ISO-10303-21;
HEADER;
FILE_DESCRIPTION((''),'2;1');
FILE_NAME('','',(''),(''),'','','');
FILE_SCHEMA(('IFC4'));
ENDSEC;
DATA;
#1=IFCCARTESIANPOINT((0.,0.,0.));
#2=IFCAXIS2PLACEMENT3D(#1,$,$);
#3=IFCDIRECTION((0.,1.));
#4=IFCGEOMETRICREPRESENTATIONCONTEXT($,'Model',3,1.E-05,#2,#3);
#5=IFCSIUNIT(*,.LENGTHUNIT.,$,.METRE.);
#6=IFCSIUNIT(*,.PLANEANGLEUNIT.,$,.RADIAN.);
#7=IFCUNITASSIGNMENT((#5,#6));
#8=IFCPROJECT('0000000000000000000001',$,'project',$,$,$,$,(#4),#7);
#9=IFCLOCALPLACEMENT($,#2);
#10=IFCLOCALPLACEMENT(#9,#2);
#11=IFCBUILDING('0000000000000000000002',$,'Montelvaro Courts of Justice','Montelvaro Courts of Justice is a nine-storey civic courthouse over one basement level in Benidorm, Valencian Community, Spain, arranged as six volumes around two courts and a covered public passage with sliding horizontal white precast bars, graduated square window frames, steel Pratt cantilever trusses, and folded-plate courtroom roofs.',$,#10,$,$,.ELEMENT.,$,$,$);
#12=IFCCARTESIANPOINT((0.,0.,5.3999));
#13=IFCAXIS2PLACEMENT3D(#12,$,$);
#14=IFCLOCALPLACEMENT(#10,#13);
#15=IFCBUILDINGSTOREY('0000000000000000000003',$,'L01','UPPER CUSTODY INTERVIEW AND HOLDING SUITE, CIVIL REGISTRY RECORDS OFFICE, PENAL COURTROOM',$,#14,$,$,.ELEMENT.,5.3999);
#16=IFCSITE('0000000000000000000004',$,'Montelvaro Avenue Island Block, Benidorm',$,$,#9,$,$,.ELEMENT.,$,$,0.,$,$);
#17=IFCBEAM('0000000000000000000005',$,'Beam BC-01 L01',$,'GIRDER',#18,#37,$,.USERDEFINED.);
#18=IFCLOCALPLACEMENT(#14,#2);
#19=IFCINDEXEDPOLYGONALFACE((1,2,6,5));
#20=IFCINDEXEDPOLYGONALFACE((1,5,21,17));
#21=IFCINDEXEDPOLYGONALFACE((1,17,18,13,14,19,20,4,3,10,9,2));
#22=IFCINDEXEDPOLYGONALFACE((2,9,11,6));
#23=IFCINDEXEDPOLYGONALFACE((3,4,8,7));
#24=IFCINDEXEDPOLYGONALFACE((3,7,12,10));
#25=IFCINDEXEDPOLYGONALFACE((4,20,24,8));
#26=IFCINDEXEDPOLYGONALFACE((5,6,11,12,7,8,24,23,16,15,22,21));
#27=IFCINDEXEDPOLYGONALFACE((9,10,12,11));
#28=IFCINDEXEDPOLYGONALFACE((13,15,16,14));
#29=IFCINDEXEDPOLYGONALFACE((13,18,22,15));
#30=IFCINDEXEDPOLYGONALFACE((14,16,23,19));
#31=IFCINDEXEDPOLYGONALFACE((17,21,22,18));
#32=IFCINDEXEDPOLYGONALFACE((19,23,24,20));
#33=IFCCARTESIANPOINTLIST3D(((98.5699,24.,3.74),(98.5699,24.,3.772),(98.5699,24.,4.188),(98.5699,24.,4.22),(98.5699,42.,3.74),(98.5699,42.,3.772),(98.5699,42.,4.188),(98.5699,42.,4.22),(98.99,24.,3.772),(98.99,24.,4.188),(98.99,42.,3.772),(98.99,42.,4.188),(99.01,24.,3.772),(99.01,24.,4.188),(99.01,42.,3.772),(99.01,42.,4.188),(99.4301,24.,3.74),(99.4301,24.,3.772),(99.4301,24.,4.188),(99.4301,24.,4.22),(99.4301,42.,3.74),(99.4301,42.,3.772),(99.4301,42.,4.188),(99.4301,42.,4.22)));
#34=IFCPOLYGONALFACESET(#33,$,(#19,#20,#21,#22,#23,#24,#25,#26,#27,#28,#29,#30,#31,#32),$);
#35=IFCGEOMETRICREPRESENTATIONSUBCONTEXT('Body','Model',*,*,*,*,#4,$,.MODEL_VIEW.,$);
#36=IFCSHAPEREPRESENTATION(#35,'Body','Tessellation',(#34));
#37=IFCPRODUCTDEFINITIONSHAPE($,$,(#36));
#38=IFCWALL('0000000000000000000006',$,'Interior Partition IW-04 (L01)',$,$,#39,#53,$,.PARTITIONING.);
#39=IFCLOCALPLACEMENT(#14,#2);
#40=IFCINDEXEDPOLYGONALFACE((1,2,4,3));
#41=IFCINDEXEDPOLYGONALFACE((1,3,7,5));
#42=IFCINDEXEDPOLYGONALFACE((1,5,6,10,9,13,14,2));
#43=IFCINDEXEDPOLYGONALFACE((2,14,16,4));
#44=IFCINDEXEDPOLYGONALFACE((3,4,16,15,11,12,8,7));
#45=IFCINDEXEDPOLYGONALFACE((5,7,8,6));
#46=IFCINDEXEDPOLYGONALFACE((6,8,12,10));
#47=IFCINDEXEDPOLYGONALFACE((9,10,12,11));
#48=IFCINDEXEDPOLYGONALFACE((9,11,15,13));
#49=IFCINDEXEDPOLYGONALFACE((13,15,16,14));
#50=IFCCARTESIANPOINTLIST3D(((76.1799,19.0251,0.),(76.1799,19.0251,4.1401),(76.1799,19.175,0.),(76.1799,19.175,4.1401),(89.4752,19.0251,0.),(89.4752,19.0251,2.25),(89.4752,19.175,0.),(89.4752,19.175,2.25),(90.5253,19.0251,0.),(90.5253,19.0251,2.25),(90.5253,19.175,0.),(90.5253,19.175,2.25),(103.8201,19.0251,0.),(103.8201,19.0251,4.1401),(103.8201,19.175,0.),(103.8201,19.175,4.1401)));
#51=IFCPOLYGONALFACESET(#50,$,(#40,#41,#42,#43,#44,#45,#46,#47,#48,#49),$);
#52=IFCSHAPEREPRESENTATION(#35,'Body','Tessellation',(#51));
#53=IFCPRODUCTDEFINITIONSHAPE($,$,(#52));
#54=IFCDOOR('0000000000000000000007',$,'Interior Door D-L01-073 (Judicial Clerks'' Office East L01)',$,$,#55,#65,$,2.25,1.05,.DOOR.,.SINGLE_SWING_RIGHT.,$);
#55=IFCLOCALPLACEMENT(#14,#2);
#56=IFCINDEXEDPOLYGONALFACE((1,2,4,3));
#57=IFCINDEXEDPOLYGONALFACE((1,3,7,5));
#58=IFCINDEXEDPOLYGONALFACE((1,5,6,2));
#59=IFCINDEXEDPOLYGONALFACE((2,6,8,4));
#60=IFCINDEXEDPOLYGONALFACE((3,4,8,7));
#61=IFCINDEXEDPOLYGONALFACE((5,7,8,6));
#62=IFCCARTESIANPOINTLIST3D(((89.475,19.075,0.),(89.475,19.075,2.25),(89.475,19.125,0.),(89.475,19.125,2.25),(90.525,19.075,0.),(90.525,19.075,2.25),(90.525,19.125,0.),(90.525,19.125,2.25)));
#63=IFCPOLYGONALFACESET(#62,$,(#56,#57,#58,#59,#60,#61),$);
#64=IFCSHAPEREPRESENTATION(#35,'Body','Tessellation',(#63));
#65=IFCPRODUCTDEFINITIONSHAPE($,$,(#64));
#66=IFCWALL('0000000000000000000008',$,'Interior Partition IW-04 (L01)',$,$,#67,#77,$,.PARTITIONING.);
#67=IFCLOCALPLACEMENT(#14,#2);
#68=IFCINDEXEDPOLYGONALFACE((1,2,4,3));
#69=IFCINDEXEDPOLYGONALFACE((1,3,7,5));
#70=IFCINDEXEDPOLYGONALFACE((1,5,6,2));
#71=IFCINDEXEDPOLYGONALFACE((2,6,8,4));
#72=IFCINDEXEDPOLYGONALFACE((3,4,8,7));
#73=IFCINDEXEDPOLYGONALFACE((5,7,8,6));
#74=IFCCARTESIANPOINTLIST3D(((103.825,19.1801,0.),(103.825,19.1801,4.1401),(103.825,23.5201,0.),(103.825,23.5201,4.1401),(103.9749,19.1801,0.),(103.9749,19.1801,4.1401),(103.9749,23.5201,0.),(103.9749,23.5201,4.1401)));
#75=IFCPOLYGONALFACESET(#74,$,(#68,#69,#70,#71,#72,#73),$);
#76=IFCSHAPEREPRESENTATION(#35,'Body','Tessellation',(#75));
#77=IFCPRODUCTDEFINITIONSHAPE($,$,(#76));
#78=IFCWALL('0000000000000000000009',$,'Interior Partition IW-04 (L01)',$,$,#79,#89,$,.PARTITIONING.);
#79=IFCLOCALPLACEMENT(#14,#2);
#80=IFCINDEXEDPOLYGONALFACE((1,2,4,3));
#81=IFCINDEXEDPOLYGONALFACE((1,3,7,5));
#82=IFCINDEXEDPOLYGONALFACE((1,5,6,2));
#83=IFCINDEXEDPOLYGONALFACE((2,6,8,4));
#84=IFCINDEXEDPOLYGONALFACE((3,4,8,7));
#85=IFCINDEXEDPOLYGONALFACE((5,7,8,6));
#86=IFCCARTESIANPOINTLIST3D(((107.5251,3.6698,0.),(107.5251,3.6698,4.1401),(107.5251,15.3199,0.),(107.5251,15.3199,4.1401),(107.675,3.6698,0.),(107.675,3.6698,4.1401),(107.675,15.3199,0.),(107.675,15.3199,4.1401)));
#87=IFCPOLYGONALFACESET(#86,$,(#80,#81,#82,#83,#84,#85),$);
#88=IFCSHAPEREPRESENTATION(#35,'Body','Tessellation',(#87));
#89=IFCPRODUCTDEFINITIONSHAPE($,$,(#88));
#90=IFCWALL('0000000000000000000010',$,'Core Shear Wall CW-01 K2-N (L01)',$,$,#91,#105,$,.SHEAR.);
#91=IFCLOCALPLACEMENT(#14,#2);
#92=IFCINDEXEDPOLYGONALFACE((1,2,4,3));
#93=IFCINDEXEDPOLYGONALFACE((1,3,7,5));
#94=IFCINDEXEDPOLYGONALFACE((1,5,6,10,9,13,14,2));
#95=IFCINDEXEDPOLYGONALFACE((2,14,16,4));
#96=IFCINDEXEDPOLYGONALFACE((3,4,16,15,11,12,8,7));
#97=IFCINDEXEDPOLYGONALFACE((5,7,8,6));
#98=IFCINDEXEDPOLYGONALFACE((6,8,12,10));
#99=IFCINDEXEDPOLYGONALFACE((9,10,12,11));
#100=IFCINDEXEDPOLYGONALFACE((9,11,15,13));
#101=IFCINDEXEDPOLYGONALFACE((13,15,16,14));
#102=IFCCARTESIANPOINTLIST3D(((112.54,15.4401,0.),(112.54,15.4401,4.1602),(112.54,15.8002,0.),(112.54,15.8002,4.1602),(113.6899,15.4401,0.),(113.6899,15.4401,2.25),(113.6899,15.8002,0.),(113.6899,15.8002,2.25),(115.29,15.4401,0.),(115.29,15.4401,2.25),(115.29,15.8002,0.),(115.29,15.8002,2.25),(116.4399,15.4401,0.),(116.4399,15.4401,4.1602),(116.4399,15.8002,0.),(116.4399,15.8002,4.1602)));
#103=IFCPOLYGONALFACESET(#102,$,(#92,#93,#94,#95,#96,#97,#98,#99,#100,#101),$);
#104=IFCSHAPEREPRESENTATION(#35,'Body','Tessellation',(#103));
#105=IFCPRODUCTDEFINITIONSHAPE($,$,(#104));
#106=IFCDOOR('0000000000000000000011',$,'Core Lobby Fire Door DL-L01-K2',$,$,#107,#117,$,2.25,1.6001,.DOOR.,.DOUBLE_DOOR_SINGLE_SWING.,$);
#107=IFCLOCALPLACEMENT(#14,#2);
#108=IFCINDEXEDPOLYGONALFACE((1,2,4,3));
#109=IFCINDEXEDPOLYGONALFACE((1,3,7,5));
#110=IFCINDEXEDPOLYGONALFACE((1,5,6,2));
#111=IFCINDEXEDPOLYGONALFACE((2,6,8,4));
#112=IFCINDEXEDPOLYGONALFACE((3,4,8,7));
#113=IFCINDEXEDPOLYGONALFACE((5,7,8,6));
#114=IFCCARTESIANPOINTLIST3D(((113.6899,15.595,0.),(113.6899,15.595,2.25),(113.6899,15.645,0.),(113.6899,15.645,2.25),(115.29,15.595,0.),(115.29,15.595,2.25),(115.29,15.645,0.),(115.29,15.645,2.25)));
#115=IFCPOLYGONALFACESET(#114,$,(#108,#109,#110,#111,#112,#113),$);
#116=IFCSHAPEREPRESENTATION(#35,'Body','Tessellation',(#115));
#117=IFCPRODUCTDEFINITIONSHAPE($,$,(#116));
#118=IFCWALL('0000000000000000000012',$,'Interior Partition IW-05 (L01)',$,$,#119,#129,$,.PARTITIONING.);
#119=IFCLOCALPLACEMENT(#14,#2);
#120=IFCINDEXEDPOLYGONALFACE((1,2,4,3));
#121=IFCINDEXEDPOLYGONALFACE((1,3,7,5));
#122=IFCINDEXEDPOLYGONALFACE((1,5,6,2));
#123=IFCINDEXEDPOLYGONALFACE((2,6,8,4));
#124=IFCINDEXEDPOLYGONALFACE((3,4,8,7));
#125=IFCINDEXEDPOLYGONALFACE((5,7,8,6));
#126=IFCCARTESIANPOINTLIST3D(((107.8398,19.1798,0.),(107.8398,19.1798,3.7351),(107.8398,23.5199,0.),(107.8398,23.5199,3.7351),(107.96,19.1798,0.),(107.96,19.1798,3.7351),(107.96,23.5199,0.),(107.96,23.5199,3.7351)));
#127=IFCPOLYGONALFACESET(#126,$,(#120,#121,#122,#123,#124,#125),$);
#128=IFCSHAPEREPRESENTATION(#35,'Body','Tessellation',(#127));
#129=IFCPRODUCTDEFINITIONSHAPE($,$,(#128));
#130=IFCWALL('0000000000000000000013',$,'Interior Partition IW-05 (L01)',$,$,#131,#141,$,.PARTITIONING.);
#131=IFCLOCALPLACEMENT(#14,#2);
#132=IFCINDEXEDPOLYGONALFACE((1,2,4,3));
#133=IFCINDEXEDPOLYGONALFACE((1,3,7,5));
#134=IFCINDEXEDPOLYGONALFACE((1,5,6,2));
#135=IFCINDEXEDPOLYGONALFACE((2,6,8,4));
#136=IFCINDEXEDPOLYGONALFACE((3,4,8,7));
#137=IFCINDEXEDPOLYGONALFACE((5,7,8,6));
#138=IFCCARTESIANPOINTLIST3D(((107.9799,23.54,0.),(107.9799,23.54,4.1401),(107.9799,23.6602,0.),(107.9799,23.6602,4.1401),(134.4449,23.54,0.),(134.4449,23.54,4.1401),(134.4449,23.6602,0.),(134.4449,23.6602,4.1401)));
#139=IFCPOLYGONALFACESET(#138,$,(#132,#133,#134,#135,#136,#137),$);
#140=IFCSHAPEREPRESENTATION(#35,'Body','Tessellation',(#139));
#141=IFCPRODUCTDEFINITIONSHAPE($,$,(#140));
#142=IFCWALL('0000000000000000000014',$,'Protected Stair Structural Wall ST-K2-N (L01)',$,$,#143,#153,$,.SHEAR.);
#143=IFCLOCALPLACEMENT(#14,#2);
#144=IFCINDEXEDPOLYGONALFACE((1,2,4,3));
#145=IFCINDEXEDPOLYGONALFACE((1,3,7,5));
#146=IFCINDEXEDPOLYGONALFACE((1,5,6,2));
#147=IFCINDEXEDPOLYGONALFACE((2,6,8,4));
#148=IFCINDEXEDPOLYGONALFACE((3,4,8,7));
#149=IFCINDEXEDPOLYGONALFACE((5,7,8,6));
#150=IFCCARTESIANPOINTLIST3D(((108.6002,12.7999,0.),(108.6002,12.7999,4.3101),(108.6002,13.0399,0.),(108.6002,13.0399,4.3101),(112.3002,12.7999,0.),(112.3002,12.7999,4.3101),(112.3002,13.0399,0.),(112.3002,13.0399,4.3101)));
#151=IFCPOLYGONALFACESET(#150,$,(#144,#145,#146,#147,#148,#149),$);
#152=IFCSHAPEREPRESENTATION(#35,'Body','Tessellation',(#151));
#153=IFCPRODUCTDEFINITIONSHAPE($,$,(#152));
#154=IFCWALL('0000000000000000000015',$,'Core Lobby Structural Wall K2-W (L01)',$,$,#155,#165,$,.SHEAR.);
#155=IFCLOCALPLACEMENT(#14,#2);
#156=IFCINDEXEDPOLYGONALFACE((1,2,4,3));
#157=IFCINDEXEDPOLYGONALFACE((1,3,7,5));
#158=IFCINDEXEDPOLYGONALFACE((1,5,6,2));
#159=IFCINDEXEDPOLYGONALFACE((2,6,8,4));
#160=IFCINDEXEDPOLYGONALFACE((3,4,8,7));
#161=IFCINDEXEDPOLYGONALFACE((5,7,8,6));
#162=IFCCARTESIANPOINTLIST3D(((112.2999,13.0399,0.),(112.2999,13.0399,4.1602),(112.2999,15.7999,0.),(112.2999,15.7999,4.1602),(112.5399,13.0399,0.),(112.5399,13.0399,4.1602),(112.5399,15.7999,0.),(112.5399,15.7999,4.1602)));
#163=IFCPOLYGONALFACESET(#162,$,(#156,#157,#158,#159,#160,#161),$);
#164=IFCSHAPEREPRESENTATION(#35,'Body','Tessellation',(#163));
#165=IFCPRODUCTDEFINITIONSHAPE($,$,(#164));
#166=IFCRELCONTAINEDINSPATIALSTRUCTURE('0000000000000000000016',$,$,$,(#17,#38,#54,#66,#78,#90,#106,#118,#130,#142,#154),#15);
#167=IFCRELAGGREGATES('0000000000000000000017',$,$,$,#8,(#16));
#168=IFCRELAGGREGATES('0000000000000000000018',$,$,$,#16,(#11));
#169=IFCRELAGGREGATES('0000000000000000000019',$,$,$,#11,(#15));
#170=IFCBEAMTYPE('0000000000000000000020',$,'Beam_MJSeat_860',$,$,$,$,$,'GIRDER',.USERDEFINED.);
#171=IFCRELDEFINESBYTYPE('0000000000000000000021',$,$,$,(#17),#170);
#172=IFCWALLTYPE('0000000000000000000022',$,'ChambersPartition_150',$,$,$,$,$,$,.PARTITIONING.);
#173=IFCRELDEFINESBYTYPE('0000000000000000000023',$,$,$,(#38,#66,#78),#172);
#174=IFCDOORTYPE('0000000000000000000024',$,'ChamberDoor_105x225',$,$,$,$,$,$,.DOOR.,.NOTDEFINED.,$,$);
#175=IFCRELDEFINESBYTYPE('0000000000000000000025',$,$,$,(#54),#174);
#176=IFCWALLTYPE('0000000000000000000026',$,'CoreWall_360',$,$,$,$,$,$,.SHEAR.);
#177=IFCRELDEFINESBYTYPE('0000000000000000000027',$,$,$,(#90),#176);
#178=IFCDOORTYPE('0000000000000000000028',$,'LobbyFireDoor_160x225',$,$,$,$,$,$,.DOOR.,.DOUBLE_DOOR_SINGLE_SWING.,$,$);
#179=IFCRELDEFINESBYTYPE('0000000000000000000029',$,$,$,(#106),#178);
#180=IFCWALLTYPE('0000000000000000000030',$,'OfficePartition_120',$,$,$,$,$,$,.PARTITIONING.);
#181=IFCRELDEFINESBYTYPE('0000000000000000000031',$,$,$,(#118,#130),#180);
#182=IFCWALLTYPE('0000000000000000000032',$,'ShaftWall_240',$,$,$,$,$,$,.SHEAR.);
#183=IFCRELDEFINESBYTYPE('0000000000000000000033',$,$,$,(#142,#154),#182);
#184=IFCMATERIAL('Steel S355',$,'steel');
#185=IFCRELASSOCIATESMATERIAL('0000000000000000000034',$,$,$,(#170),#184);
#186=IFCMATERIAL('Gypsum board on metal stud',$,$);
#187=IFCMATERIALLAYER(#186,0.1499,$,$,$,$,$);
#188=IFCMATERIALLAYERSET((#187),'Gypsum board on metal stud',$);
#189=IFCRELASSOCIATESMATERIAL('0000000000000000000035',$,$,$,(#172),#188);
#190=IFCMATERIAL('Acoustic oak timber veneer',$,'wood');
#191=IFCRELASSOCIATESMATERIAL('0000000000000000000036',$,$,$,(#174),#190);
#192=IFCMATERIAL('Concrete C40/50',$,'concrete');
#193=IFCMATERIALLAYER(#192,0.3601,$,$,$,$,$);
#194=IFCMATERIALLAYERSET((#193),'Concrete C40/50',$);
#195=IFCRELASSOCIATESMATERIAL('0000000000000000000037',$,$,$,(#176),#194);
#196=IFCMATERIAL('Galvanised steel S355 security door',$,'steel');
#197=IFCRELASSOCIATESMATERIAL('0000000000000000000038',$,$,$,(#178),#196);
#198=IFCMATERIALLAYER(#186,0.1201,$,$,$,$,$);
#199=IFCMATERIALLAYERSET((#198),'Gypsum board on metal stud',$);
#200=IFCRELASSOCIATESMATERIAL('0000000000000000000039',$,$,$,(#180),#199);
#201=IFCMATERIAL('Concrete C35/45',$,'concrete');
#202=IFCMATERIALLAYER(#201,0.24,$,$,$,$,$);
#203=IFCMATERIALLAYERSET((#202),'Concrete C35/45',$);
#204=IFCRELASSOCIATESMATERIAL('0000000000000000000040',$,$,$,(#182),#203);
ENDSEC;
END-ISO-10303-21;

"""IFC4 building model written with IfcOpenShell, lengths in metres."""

from ifc_helpers import new_model, si_unit, direction, frame, frame_2d, origin, origin_2d, place, context, subcontext, project, spatial, rectangle, i_section, extrude, material, layer, layer_set, material_profile, profile_set, type_object, element, fill, save


model = new_model("IFC4")

# Units and contexts
model_context = context("Model", 3, precision=1e-05, world=origin(), true_north=direction((0.0, 1.0)))
body_context = subcontext(model_context, "Body", "Model", "MODEL_VIEW")
ifc_project = project(units=[si_unit("LENGTHUNIT", "METRE"), si_unit("PLANEANGLEUNIT", "RADIAN")], contexts=[model_context])

# Site, building, storey
site_placement = place(None, origin())
site = spatial("IfcSite", under=ifc_project, at=site_placement, Name="Montelvaro Avenue Island Block, Benidorm", CompositionType="ELEMENT", RefElevation=0.0)
building_placement = place(site_placement, origin())
building = spatial("IfcBuilding", under=site, at=building_placement, Name="Montelvaro Courts of Justice", Description="Montelvaro Courts of Justice is a nine-storey civic courthouse over one basement level in Benidorm, Valencian Community, Spain, arranged as six volumes around two courts and a covered public passage with sliding horizontal white precast bars, graduated square window frames, steel Pratt cantilever trusses, and folded-plate courtroom roofs.", CompositionType="ELEMENT")
storey_placement = place(building_placement, frame((0.0, 0.0, 5.3999)))
storey = spatial("IfcBuildingStorey", under=building, at=storey_placement, Name="L01", Description="UPPER CUSTODY INTERVIEW AND HOLDING SUITE, CIVIL REGISTRY RECORDS OFFICE, PENAL COURTROOM", CompositionType="ELEMENT", Elevation=5.3999)

# Shared definitions
ifc_material_1 = material(Name="Steel S355", Category="steel")

# Beam
ifc_material_profile_1 = material_profile(ifc_material_1, i_section(OverallWidth=0.8601, OverallDepth=0.48, WebThickness=0.02, FlangeThickness=0.032, at=origin_2d()), Name="HL 480x860")
ifc_profile_set_1 = profile_set([ifc_material_profile_1], Name="Steel S355")
beam_type_1 = type_object("IfcBeamType", Name="Beam_MJSeat_860", ElementType="GIRDER", PredefinedType="USERDEFINED", material=ifc_profile_set_1)
beam_1_placement = place(storey_placement, frame((99.0, 24.0, 3.98), z_axis=(0.0, 1.0, 0.0), x_axis=(-1.0, 0.0, 0.0)))
element("IfcBeam", 1, at=beam_1_placement, inside=storey, type_object=beam_type_1, Name="Beam BC-01 L01", ObjectType="GIRDER", PredefinedType="USERDEFINED", context=body_context, shape_type="SweptSolid", body=[
    extrude(i_section(OverallWidth=0.8601, OverallDepth=0.48, WebThickness=0.02, FlangeThickness=0.032, at=origin_2d()), origin(), (0.0, 0.0, 1.0), 18.0),
])

# Wall, opening, door
ifc_material_2 = material(Name="Gypsum board on metal stud")
ifc_layer_1 = layer(ifc_material_2, 0.1499)
ifc_layer_set_1 = layer_set([ifc_layer_1], Name="Gypsum board on metal stud")
wall_type_1 = type_object("IfcWallType", Name="ChambersPartition_150", PredefinedType="PARTITIONING", material=ifc_layer_set_1)
wall_1_placement = place(storey_placement, frame((103.8201, 19.1001, 0.0), z_axis=(0.0, 0.0, 1.0), x_axis=(-1.0, 0.0, 0.0)))
wall_1 = element("IfcWall", 2, at=wall_1_placement, inside=storey, type_object=wall_type_1, Name="Interior Partition IW-04 (L01)", PredefinedType="PARTITIONING", context=body_context, shape_type="SweptSolid", body=[
    extrude(rectangle(XDim=27.6401, YDim=0.1499, at=frame_2d((13.8201, 0.0))), origin(), (0.0, 0.0, 1.0), 4.1401),
])
opening_1_placement = place(wall_1_placement, frame((13.2949, 0.0, 0.0)))
opening_1 = element("IfcOpeningElement", 3, at=opening_1_placement, cuts=wall_1, PredefinedType="OPENING", context=body_context, shape_type="SweptSolid", body=[
    extrude(rectangle(XDim=1.05, YDim=2.25, at=frame_2d((0.5249, 1.125))), frame((0.0, 0.0898, 0.0), z_axis=(0.0, -1.0, 0.0), x_axis=(1.0, 0.0, 0.0)), (0.0, 0.0, 1.0), 0.1797),
])
ifc_material_3 = material(Name="Acoustic oak timber veneer", Category="wood")
door_type_1 = type_object("IfcDoorType", Name="ChamberDoor_105x225", OperationType="NOTDEFINED", PredefinedType="DOOR", material=ifc_material_3)
door_1_placement = place(opening_1_placement, frame((1.05, 0.0, 0.0), z_axis=(0.0, 0.0, 1.0), x_axis=(-1.0, 0.0, 0.0)))
door_1 = element("IfcDoor", 4, at=door_1_placement, inside=storey, type_object=door_type_1, Name="Interior Door D-L01-073 (Judicial Clerks' Office East L01)", OperationType="SINGLE_SWING_RIGHT", OverallHeight=2.25, OverallWidth=1.05, PredefinedType="DOOR", context=body_context, shape_type="SweptSolid", body=[
    extrude(rectangle(XDim=1.05, YDim=2.25, at=frame_2d((0.5249, 1.125))), frame((0.0, 0.0249, 0.0), z_axis=(0.0, -1.0, 0.0), x_axis=(1.0, 0.0, 0.0)), (0.0, 0.0, 1.0), 0.05),
])
fill(opening_1, door_1)

# Walls
wall_2_placement = place(storey_placement, frame((103.8999, 23.52, 0.0), z_axis=(0.0, 0.0, 1.0), x_axis=(0.0, -1.0, 0.0)))
element("IfcWall", 5, at=wall_2_placement, inside=storey, type_object=wall_type_1, Name="Interior Partition IW-04 (L01)", PredefinedType="PARTITIONING", context=body_context, shape_type="SweptSolid", body=[
    extrude(rectangle(XDim=4.3401, YDim=0.1499, at=frame_2d((2.1699, 0.0))), origin(), (0.0, 0.0, 1.0), 4.1401),
])
wall_3_placement = place(storey_placement, frame((107.6001, 15.3201, 0.0), z_axis=(0.0, 0.0, 1.0), x_axis=(0.0, -1.0, 0.0)))
element("IfcWall", 6, at=wall_3_placement, inside=storey, type_object=wall_type_1, Name="Interior Partition IW-04 (L01)", PredefinedType="PARTITIONING", context=body_context, shape_type="SweptSolid", body=[
    extrude(rectangle(XDim=11.6501, YDim=0.1499, at=frame_2d((5.8252, 0.0))), origin(), (0.0, 0.0, 1.0), 4.1401),
])

# Wall, opening, door
ifc_material_4 = material(Name="Concrete C40/50", Category="concrete")
ifc_layer_2 = layer(ifc_material_4, 0.3601)
ifc_layer_set_2 = layer_set([ifc_layer_2], Name="Concrete C40/50")
wall_type_2 = type_object("IfcWallType", Name="CoreWall_360", PredefinedType="SHEAR", material=ifc_layer_set_2)
wall_4_placement = place(storey_placement, frame((112.54, 15.6201, 0.0), z_axis=(0.0, 0.0, 1.0), x_axis=(1.0, 0.0, 0.0)))
wall_4 = element("IfcWall", 7, at=wall_4_placement, inside=storey, type_object=wall_type_2, Name="Core Shear Wall CW-01 K2-N (L01)", PredefinedType="SHEAR", context=body_context, shape_type="SweptSolid", body=[
    extrude(rectangle(XDim=3.8999, YDim=0.3601, at=frame_2d((1.95, 0.0))), origin(), (0.0, 0.0, 1.0), 4.1602),
])
opening_2_placement = place(wall_4_placement, frame((1.1499, 0.0, 0.0)))
opening_2 = element("IfcOpeningElement", 8, at=opening_2_placement, cuts=wall_4, PredefinedType="OPENING", context=body_context, shape_type="SweptSolid", body=[
    extrude(rectangle(XDim=1.6001, YDim=2.25, at=frame_2d((0.8, 1.125))), frame((0.0, 0.1948, 0.0), z_axis=(0.0, -1.0, 0.0), x_axis=(1.0, 0.0, 0.0)), (0.0, 0.0, 1.0), 0.3899),
])
ifc_material_5 = material(Name="Galvanised steel S355 security door", Category="steel")
door_type_2 = type_object("IfcDoorType", Name="LobbyFireDoor_160x225", OperationType="DOUBLE_DOOR_SINGLE_SWING", PredefinedType="DOOR", material=ifc_material_5)
door_2_placement = place(opening_2_placement, origin())
door_2 = element("IfcDoor", 9, at=door_2_placement, inside=storey, type_object=door_type_2, Name="Core Lobby Fire Door DL-L01-K2", OperationType="DOUBLE_DOOR_SINGLE_SWING", OverallHeight=2.25, OverallWidth=1.6001, PredefinedType="DOOR", context=body_context, shape_type="SweptSolid", body=[
    extrude(rectangle(XDim=1.6001, YDim=2.25, at=frame_2d((0.8, 1.125))), frame((0.0, 0.0249, 0.0), z_axis=(0.0, -1.0, 0.0), x_axis=(1.0, 0.0, 0.0)), (0.0, 0.0, 1.0), 0.05),
])
fill(opening_2, door_2)

# Walls
ifc_layer_3 = layer(ifc_material_2, 0.1201)
ifc_layer_set_3 = layer_set([ifc_layer_3], Name="Gypsum board on metal stud")
wall_type_3 = type_object("IfcWallType", Name="OfficePartition_120", PredefinedType="PARTITIONING", material=ifc_layer_set_3)
wall_5_placement = place(storey_placement, frame((107.8999, 19.1799, 0.0), z_axis=(0.0, 0.0, 1.0), x_axis=(0.0, 1.0, 0.0)))
element("IfcWall", 10, at=wall_5_placement, inside=storey, type_object=wall_type_3, Name="Interior Partition IW-05 (L01)", PredefinedType="PARTITIONING", context=body_context, shape_type="SweptSolid", body=[
    extrude(rectangle(XDim=4.3401, YDim=0.1201, at=frame_2d((2.1699, 0.0))), origin(), (0.0, 0.0, 1.0), 3.7351),
])
wall_6_placement = place(storey_placement, frame((107.98, 23.6001, 0.0), z_axis=(0.0, 0.0, 1.0), x_axis=(1.0, 0.0, 0.0)))
element("IfcWall", 11, at=wall_6_placement, inside=storey, type_object=wall_type_3, Name="Interior Partition IW-05 (L01)", PredefinedType="PARTITIONING", context=body_context, shape_type="SweptSolid", body=[
    extrude(rectangle(XDim=26.4651, YDim=0.1201, at=frame_2d((13.2324, 0.0))), origin(), (0.0, 0.0, 1.0), 4.1401),
])
ifc_material_6 = material(Name="Concrete C35/45", Category="concrete")
ifc_layer_4 = layer(ifc_material_6, 0.24)
ifc_layer_set_4 = layer_set([ifc_layer_4], Name="Concrete C35/45")
wall_type_4 = type_object("IfcWallType", Name="ShaftWall_240", PredefinedType="SHEAR", material=ifc_layer_set_4)
wall_7_placement = place(storey_placement, frame((108.6001, 12.9199, 0.0), z_axis=(0.0, 0.0, 1.0), x_axis=(1.0, 0.0, 0.0)))
element("IfcWall", 12, at=wall_7_placement, inside=storey, type_object=wall_type_4, Name="Protected Stair Structural Wall ST-K2-N (L01)", PredefinedType="SHEAR", context=body_context, shape_type="SweptSolid", body=[
    extrude(rectangle(XDim=3.7, YDim=0.24, at=frame_2d((1.8501, 0.0))), origin(), (0.0, 0.0, 1.0), 4.3101),
])
wall_8_placement = place(storey_placement, frame((112.4199, 13.04, 0.0), z_axis=(0.0, 0.0, 1.0), x_axis=(0.0, 1.0, 0.0)))
element("IfcWall", 13, at=wall_8_placement, inside=storey, type_object=wall_type_4, Name="Core Lobby Structural Wall K2-W (L01)", PredefinedType="SHEAR", context=body_context, shape_type="SweptSolid", body=[
    extrude(rectangle(XDim=2.76, YDim=0.24, at=frame_2d((1.3799, 0.0))), origin(), (0.0, 0.0, 1.0), 4.1602),
])

save(model, "model.ifc")
